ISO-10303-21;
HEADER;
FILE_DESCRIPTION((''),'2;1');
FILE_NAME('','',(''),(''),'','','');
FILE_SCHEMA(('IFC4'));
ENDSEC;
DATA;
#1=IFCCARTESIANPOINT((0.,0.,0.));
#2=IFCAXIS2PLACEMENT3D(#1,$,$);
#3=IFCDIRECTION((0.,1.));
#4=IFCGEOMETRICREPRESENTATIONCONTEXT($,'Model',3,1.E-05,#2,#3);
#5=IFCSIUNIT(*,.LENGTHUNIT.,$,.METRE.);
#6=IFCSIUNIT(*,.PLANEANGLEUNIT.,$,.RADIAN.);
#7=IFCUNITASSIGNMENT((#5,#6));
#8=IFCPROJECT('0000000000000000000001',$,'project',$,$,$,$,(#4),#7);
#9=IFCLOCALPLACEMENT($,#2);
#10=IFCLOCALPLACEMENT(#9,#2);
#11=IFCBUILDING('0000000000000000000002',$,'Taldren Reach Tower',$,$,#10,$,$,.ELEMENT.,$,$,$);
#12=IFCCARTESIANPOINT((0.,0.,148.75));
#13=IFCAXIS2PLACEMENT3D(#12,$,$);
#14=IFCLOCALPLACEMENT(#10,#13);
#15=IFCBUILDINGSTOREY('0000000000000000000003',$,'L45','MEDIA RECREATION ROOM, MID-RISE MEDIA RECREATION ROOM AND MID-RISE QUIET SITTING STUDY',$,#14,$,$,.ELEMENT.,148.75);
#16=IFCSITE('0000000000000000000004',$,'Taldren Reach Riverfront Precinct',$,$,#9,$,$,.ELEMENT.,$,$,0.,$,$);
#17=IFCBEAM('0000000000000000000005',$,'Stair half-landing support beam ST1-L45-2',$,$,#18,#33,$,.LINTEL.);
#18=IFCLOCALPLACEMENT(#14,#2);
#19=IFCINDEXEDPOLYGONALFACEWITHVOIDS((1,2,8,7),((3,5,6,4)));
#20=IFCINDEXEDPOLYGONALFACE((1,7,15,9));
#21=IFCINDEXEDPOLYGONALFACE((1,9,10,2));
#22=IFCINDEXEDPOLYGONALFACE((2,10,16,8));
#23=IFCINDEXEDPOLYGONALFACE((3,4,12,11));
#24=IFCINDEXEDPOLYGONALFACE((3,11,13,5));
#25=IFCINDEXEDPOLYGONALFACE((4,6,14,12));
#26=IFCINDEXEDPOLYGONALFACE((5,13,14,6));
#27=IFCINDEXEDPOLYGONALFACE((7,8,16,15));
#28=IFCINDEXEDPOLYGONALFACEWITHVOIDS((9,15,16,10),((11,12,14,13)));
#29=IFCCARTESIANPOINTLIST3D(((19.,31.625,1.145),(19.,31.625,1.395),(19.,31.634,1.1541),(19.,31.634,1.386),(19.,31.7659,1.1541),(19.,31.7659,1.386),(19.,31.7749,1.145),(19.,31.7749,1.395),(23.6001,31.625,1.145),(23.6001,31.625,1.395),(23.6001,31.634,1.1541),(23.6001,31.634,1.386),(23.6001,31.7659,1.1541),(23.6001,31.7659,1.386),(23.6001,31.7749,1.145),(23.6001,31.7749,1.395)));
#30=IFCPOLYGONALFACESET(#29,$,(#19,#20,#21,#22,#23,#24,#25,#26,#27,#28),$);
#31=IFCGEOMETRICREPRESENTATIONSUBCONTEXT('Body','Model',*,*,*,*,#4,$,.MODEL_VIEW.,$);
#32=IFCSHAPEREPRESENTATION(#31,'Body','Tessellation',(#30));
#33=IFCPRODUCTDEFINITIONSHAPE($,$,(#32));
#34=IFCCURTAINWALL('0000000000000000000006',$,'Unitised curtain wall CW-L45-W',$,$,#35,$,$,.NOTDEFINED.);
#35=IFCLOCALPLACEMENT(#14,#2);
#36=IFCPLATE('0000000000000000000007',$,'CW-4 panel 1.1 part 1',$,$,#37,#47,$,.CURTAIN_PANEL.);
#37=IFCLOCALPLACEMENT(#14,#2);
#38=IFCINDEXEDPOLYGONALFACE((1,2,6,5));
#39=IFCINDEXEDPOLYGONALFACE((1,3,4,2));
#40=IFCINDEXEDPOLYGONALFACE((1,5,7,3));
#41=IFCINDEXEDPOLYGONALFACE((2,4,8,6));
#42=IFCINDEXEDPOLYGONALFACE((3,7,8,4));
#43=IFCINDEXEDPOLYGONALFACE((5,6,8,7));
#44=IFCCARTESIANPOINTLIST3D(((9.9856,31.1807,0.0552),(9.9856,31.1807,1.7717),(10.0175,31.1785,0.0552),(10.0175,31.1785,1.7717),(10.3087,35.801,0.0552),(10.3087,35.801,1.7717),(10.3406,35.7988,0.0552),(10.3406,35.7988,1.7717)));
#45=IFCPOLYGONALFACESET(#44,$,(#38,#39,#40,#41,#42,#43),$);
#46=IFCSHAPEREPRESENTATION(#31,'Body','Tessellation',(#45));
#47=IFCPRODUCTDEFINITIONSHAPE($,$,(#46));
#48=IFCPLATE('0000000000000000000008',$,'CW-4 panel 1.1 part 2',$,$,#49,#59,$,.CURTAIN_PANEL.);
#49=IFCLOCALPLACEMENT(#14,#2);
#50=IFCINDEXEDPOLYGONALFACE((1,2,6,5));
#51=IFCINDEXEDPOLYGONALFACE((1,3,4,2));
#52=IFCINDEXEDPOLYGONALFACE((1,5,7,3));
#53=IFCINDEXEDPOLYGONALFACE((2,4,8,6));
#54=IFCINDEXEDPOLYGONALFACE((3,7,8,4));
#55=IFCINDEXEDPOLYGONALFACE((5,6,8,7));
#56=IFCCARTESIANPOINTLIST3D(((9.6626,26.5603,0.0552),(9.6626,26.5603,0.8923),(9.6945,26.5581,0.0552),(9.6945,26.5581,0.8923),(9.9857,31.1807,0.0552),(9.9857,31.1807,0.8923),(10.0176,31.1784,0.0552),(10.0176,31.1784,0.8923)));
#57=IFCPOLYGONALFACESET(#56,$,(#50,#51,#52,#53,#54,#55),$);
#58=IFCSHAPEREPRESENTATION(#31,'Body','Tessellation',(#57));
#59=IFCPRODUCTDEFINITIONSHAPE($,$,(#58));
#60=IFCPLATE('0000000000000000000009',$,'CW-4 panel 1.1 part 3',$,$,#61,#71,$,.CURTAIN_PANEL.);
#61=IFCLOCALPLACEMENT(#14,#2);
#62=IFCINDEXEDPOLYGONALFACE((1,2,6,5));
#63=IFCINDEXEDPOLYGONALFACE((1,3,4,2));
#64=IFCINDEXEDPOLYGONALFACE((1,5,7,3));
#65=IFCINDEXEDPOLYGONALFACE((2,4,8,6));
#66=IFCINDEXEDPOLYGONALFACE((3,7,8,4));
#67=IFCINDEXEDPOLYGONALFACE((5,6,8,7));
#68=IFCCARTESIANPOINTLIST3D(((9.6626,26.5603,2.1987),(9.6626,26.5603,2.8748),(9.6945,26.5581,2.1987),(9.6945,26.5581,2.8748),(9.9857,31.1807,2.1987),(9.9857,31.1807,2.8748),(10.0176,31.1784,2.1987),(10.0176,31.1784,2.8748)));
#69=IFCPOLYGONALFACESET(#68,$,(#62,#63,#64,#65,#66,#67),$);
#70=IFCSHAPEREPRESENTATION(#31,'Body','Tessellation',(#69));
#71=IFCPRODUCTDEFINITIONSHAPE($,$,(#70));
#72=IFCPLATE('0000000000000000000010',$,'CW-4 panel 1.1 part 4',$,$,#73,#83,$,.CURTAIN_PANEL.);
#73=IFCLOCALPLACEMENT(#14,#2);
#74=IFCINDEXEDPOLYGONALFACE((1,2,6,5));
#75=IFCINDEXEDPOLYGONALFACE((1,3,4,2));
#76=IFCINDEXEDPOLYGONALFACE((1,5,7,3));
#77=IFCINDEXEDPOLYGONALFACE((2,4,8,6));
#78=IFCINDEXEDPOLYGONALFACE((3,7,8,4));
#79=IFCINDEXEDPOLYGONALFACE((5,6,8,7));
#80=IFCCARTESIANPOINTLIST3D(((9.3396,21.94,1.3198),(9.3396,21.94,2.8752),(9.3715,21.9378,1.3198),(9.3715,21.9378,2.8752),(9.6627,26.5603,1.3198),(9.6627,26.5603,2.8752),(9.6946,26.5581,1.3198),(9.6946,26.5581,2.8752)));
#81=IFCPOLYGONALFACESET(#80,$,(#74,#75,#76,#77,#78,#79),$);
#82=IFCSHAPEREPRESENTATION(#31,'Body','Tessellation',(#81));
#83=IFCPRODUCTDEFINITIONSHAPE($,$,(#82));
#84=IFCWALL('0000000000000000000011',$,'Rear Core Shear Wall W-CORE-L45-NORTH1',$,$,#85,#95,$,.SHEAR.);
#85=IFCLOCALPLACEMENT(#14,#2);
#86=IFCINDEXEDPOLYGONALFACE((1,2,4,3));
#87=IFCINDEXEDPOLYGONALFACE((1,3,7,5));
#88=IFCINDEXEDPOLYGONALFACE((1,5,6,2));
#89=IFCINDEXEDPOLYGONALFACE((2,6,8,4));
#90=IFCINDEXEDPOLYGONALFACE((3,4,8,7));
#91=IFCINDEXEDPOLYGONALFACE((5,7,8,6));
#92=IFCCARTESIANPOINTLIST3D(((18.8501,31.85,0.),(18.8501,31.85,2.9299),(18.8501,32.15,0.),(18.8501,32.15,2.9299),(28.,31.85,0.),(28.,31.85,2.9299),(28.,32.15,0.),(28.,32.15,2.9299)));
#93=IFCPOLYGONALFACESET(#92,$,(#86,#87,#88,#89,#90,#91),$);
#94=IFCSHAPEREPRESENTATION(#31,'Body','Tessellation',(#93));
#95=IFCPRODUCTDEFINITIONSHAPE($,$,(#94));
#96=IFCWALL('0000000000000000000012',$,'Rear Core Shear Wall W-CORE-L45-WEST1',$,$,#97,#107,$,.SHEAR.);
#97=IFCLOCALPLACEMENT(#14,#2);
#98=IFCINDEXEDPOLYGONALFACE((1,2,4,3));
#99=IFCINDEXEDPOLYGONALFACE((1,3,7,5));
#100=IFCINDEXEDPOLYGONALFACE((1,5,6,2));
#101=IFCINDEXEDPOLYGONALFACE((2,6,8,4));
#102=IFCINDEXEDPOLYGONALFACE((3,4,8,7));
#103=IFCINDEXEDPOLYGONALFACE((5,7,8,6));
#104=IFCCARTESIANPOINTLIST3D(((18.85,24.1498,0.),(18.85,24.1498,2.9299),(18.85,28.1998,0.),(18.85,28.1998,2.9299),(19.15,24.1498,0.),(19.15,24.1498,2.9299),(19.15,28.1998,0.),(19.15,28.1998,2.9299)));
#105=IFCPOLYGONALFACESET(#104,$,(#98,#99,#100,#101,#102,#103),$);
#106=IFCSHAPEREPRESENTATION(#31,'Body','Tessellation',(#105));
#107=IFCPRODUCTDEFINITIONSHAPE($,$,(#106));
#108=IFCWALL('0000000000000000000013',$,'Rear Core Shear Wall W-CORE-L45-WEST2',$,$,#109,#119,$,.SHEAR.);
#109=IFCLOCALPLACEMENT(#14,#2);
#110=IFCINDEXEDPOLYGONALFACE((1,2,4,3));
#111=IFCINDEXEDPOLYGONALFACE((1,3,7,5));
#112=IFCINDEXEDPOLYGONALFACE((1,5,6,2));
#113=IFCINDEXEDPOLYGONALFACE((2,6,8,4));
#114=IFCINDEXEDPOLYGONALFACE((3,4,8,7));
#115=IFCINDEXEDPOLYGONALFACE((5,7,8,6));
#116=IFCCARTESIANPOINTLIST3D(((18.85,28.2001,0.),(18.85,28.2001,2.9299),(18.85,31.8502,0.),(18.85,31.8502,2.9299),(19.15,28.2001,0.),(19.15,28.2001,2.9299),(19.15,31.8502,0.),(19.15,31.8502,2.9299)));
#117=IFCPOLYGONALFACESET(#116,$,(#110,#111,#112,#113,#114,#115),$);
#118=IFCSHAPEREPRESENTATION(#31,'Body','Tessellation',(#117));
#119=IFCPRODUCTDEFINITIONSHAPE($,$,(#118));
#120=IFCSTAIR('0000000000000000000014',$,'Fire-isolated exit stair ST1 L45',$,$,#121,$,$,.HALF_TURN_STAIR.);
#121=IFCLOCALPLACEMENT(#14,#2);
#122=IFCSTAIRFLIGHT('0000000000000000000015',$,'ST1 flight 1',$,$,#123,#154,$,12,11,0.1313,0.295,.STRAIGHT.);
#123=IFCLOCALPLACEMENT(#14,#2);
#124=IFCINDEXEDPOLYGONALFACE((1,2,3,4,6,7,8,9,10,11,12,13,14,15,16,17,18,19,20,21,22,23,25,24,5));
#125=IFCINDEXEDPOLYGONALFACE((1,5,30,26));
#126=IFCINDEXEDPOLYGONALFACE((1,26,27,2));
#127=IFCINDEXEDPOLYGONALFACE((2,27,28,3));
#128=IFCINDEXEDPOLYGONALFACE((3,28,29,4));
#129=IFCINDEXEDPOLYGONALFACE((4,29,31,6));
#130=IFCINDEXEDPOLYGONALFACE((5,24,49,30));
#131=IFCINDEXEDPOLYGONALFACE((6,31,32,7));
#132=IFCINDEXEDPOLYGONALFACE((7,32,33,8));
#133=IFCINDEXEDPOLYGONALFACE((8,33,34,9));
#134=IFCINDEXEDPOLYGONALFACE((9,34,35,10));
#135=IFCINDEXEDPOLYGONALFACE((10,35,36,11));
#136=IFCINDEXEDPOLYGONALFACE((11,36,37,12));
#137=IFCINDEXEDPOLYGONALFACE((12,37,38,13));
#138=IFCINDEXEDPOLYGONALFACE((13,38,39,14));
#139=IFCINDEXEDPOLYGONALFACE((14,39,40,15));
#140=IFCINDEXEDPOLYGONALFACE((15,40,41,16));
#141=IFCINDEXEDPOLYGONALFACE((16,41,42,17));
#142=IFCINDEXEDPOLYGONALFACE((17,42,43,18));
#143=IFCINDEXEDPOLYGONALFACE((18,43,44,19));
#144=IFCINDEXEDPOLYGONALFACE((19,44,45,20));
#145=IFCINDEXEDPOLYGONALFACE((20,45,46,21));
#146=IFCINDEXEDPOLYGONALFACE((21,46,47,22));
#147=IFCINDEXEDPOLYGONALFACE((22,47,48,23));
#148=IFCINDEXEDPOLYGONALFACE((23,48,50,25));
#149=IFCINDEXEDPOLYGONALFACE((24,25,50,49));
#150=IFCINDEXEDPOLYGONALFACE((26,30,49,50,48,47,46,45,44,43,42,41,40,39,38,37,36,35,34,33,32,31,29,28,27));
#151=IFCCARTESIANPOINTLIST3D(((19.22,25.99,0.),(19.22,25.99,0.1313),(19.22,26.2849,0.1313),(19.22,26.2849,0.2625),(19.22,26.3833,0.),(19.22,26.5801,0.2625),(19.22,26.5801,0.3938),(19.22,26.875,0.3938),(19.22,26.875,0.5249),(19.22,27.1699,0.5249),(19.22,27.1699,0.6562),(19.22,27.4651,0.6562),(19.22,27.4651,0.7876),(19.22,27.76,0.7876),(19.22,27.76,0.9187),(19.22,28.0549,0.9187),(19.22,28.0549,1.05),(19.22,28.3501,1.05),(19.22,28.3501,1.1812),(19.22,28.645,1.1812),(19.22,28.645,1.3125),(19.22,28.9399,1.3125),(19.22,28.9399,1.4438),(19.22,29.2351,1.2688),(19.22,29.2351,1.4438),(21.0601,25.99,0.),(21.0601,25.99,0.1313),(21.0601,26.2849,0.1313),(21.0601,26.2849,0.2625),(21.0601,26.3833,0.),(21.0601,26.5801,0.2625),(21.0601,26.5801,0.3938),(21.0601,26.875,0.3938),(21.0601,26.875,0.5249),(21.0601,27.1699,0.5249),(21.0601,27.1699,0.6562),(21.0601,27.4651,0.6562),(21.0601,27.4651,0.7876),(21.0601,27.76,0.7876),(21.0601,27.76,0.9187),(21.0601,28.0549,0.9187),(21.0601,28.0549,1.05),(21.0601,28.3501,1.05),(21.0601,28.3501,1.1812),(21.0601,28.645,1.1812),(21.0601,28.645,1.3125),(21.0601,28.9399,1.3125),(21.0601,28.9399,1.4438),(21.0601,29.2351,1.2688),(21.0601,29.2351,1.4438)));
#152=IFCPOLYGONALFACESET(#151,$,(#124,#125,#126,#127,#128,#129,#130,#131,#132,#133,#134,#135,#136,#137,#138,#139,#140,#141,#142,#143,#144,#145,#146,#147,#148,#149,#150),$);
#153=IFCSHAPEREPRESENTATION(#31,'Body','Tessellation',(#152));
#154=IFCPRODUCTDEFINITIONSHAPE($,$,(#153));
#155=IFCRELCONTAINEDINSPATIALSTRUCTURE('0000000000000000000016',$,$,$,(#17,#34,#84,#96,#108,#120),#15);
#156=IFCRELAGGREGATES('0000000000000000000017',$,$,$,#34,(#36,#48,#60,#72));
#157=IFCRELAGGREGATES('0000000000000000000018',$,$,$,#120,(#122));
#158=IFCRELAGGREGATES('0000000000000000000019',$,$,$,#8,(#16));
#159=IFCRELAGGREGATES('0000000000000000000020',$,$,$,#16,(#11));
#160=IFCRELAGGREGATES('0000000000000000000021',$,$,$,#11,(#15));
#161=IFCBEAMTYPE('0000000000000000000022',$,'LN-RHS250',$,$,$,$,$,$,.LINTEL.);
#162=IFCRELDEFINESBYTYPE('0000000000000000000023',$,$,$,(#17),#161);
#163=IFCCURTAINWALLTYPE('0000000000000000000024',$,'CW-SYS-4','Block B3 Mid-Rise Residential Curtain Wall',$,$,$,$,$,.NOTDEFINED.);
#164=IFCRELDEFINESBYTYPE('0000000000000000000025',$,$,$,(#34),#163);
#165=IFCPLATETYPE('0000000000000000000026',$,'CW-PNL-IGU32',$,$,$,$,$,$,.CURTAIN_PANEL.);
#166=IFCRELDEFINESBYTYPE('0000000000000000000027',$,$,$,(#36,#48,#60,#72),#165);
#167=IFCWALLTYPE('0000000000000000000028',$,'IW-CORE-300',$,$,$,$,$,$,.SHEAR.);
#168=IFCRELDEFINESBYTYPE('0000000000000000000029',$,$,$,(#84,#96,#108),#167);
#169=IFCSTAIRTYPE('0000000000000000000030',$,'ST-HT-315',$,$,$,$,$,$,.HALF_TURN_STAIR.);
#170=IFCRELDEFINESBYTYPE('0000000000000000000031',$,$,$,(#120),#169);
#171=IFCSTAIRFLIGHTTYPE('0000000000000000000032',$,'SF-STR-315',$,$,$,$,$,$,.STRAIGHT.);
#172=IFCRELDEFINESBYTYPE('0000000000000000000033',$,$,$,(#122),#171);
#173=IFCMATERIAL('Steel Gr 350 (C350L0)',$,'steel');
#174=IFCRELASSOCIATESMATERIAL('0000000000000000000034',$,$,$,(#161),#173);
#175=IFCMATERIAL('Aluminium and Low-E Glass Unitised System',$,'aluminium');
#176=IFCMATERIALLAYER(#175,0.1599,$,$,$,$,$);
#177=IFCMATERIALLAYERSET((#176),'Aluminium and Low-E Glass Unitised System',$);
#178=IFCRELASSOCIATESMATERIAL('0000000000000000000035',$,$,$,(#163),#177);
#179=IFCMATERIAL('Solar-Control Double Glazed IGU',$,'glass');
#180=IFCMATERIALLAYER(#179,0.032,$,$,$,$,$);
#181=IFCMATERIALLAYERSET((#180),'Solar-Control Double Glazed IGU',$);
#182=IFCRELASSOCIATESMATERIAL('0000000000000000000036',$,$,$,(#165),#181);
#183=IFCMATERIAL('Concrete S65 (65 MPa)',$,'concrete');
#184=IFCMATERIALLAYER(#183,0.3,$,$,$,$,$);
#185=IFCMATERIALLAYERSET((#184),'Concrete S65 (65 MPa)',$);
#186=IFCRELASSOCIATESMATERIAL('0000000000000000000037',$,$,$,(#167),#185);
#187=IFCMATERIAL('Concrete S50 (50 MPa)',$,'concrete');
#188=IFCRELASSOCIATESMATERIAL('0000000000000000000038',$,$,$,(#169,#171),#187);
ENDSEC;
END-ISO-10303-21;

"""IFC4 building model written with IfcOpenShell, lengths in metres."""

from ifc_helpers import new_model, si_unit, direction, frame, frame_2d, origin, origin_2d, place, context, subcontext, project, spatial, polyline, rectangle, hollow_rectangle, outline, extrude, source, transform, mapped, material, layer, layer_set, material_profile, profile_set, type_object, element, aggregate, save


model = new_model("IFC4")

# Units and contexts
model_context = context("Model", 3, precision=1e-05, world=origin(), true_north=direction((0.0, 1.0)))
body_context = subcontext(model_context, "Body", "Model", "MODEL_VIEW")
ifc_project = project(units=[si_unit("LENGTHUNIT", "METRE"), si_unit("PLANEANGLEUNIT", "RADIAN")], contexts=[model_context])

# Site, building, storey
site_placement = place(None, origin())
site = spatial("IfcSite", under=ifc_project, at=site_placement, Name="Taldren Reach Riverfront Precinct", CompositionType="ELEMENT", RefElevation=0.0)
building_placement = place(site_placement, origin())
building = spatial("IfcBuilding", under=site, at=building_placement, Name="Taldren Reach Tower", CompositionType="ELEMENT")
storey_placement = place(building_placement, frame((0.0, 0.0, 148.75)))
storey = spatial("IfcBuildingStorey", under=building, at=storey_placement, Name="L45", Description="MEDIA RECREATION ROOM, MID-RISE MEDIA RECREATION ROOM AND MID-RISE QUIET SITTING STUDY", CompositionType="ELEMENT", Elevation=148.75)

# Beam
ifc_material_1 = material(Name="Steel Gr 350 (C350L0)", Category="steel")
ifc_material_profile_1 = material_profile(ifc_material_1, hollow_rectangle(XDim=0.1499, YDim=0.25, WallThickness=0.009, at=origin_2d()), Name="250x150x9.0RHS")
ifc_profile_set_1 = profile_set([ifc_material_profile_1], Name="Steel Gr 350 (C350L0)")
beam_type_1 = type_object("IfcBeamType", Name="LN-RHS250", PredefinedType="LINTEL", material=ifc_profile_set_1)
shared_shape_1 = source(origin(), body_context, "Body", "SweptSolid", [
    extrude(hollow_rectangle(XDim=0.1499, YDim=0.25, WallThickness=0.009, at=origin_2d()), origin(), (0.0, 0.0, 1.0), 4.6001),
])
for number, where, z_axis, x_axis, name in (
    (1, (19.0, 31.7, 1.27), (1.0, 0.0, 0.0), (0.0, 1.0, 0.0), "Stair half-landing support beam ST1-L45-2"),
):
    element("IfcBeam", number, at=place(storey_placement, frame(where, z_axis=z_axis, x_axis=x_axis)), inside=storey, type_object=beam_type_1, Name=name, PredefinedType="LINTEL", context=body_context, shape_type="MappedRepresentation", body=[
        mapped(shared_shape_1, transform((0.0, 0.0, 0.0), scale=1.0)),
    ])

# Curtain wall, plates
ifc_material_2 = material(Name="Aluminium and Low-E Glass Unitised System", Category="aluminium")
ifc_layer_1 = layer(ifc_material_2, 0.1599)
ifc_layer_set_1 = layer_set([ifc_layer_1], Name="Aluminium and Low-E Glass Unitised System")
curtain_wall_type = type_object("IfcCurtainWallType", Name="CW-SYS-4", Description="Block B3 Mid-Rise Residential Curtain Wall", PredefinedType="NOTDEFINED", material=ifc_layer_set_1)
curtain_wall_placement = place(storey_placement, origin())
curtain_wall = element("IfcCurtainWall", 2, at=curtain_wall_placement, inside=storey, type_object=curtain_wall_type, Name="Unitised curtain wall CW-L45-W", PredefinedType="NOTDEFINED")
ifc_material_3 = material(Name="Solar-Control Double Glazed IGU", Category="glass")
ifc_layer_2 = layer(ifc_material_3, 0.032)
ifc_layer_set_2 = layer_set([ifc_layer_2], Name="Solar-Control Double Glazed IGU")
plate_type = type_object("IfcPlateType", Name="CW-PNL-IGU32", PredefinedType="CURTAIN_PANEL", material=ifc_layer_set_2)
shared_shape_2 = source(origin(), body_context, "Body", "SweptSolid", [
    extrude(rectangle(XDim=4.6316, YDim=0.032, at=origin_2d()), origin(), (0.0, 0.0, 1.0), 1.7166),
])
plate_1_placement = place(storey_placement, frame((10.1631, 33.4897, 0.0552), z_axis=(0.0, 0.0, 1.0), x_axis=(-0.069756, -0.997564, 0.0)))
plate_1 = element("IfcPlate", 3, at=plate_1_placement, type_object=plate_type, Name="CW-4 panel 1.1 part 1", PredefinedType="CURTAIN_PANEL", context=body_context, shape_type="MappedRepresentation", body=[
    mapped(shared_shape_2, transform((0.0, 0.0, 0.0), scale=1.0)),
])
shared_shape_3 = source(origin(), body_context, "Body", "SweptSolid", [
    extrude(rectangle(XDim=4.6316, YDim=0.032, at=origin_2d()), origin(), (0.0, 0.0, 1.0), 0.8372),
])
plate_2_placement = place(storey_placement, frame((9.8401, 28.8694, 0.0552), z_axis=(0.0, 0.0, 1.0), x_axis=(-0.069756, -0.997564, 0.0)))
plate_2 = element("IfcPlate", 4, at=plate_2_placement, type_object=plate_type, Name="CW-4 panel 1.1 part 2", PredefinedType="CURTAIN_PANEL", context=body_context, shape_type="MappedRepresentation", body=[
    mapped(shared_shape_3, transform((0.0, 0.0, 0.0), scale=1.0)),
])
shared_shape_4 = source(origin(), body_context, "Body", "SweptSolid", [
    extrude(rectangle(XDim=4.6316, YDim=0.032, at=origin_2d()), origin(), (0.0, 0.0, 1.0), 0.676),
])
plate_3_placement = place(storey_placement, frame((9.8401, 28.8694, 2.1987), z_axis=(0.0, 0.0, 1.0), x_axis=(-0.069756, -0.997564, 0.0)))
plate_3 = element("IfcPlate", 5, at=plate_3_placement, type_object=plate_type, Name="CW-4 panel 1.1 part 3", PredefinedType="CURTAIN_PANEL", context=body_context, shape_type="MappedRepresentation", body=[
    mapped(shared_shape_4, transform((0.0, 0.0, 0.0), scale=1.0)),
])
shared_shape_5 = source(origin(), body_context, "Body", "SweptSolid", [
    extrude(rectangle(XDim=4.6316, YDim=0.032, at=origin_2d()), origin(), (0.0, 0.0, 1.0), 1.5554),
])
plate_4_placement = place(storey_placement, frame((9.5171, 24.249, 1.3198), z_axis=(0.0, 0.0, 1.0), x_axis=(-0.069756, -0.997564, 0.0)))
plate_4 = element("IfcPlate", 6, at=plate_4_placement, type_object=plate_type, Name="CW-4 panel 1.1 part 4", PredefinedType="CURTAIN_PANEL", context=body_context, shape_type="MappedRepresentation", body=[
    mapped(shared_shape_5, transform((0.0, 0.0, 0.0), scale=1.0)),
])
aggregate(curtain_wall, [plate_1, plate_2, plate_3, plate_4])

# Walls
ifc_material_4 = material(Name="Concrete S65 (65 MPa)", Category="concrete")
ifc_layer_3 = layer(ifc_material_4, 0.3)
ifc_layer_set_3 = layer_set([ifc_layer_3], Name="Concrete S65 (65 MPa)")
wall_type = type_object("IfcWallType", Name="IW-CORE-300", PredefinedType="SHEAR", material=ifc_layer_set_3)
shared_shape_6 = source(origin(), body_context, "Body", "SweptSolid", [
    extrude(rectangle(XDim=9.1499, YDim=0.3, at=frame_2d((4.575, 0.0))), origin(), (0.0, 0.0, 1.0), 2.9299),
])
wall_1_placement = place(storey_placement, frame((18.8501, 32.0, 0.0), z_axis=(0.0, 0.0, 1.0), x_axis=(1.0, 0.0, 0.0)))
element("IfcWall", 7, at=wall_1_placement, inside=storey, type_object=wall_type, Name="Rear Core Shear Wall W-CORE-L45-NORTH1", PredefinedType="SHEAR", context=body_context, shape_type="MappedRepresentation", body=[
    mapped(shared_shape_6, transform((0.0, 0.0, 0.0), scale=1.0)),
])
shared_shape_7 = source(origin(), body_context, "Body", "SweptSolid", [
    extrude(rectangle(XDim=4.05, YDim=0.3, at=frame_2d((2.0249, 0.0))), origin(), (0.0, 0.0, 1.0), 2.9299),
])
wall_2_placement = place(storey_placement, frame((19.0, 24.1499, 0.0), z_axis=(0.0, 0.0, 1.0), x_axis=(0.0, 1.0, 0.0)))
element("IfcWall", 8, at=wall_2_placement, inside=storey, type_object=wall_type, Name="Rear Core Shear Wall W-CORE-L45-WEST1", PredefinedType="SHEAR", context=body_context, shape_type="MappedRepresentation", body=[
    mapped(shared_shape_7, transform((0.0, 0.0, 0.0), scale=1.0)),
])
shared_shape_8 = source(origin(), body_context, "Body", "SweptSolid", [
    extrude(rectangle(XDim=3.6501, YDim=0.3, at=frame_2d((1.8252, 0.0))), origin(), (0.0, 0.0, 1.0), 2.9299),
])
wall_3_placement = place(storey_placement, frame((19.0, 28.2, 0.0), z_axis=(0.0, 0.0, 1.0), x_axis=(0.0, 1.0, 0.0)))
element("IfcWall", 9, at=wall_3_placement, inside=storey, type_object=wall_type, Name="Rear Core Shear Wall W-CORE-L45-WEST2", PredefinedType="SHEAR", context=body_context, shape_type="MappedRepresentation", body=[
    mapped(shared_shape_8, transform((0.0, 0.0, 0.0), scale=1.0)),
])

# Stair, stair flight
ifc_material_5 = material(Name="Concrete S50 (50 MPa)", Category="concrete")
stair_type = type_object("IfcStairType", Name="ST-HT-315", PredefinedType="HALF_TURN_STAIR", material=ifc_material_5)
stair_placement = place(storey_placement, origin())
stair = element("IfcStair", 10, at=stair_placement, inside=storey, type_object=stair_type, Name="Fire-isolated exit stair ST1 L45", PredefinedType="HALF_TURN_STAIR")
stair_flight_type = type_object("IfcStairFlightType", Name="SF-STR-315", PredefinedType="STRAIGHT", material=ifc_material_5)
stair_flight_1_placement = place(storey_placement, frame((20.1399, 25.99, 0.0), z_axis=(0.0, 0.0, 1.0), x_axis=(0.0, 1.0, 0.0)))
stair_flight_1 = element("IfcStairFlight", 11, at=stair_flight_1_placement, type_object=stair_flight_type, Name="ST1 flight 1", NumberOfRisers=12, NumberOfTreads=11, PredefinedType="STRAIGHT", RiserHeight=0.1313, TreadLength=0.295, context=body_context, shape_type="SweptSolid", body=[
    extrude(outline(polyline([(0.0, 0.0), (0.0, 0.1313), (0.2949, 0.1313), (0.2949, 0.2625), (0.5901, 0.2625), (0.5901, 0.3938), (0.885, 0.3938), (0.885, 0.5249), (1.1799, 0.5249), (1.1799, 0.6562), (1.4751, 0.6562), (1.4751, 0.7876), (1.77, 0.7876), (1.77, 0.9187), (2.0649, 0.9187), (2.0649, 1.05), (2.3601, 1.05), (2.3601, 1.1812), (2.655, 1.1812), (2.655, 1.3125), (2.95, 1.3125), (2.95, 1.4438), (3.2451, 1.4438), (3.2451, 1.575), (3.2451, 1.2688), (0.3933, 0.0), (0.0, 0.0)])), frame((0.0, 0.9199, 0.0), z_axis=(0.0, -1.0, 0.0), x_axis=(1.0, 0.0, 0.0)), (0.0, 0.0, 1.0), 1.8401),
])
aggregate(stair, [stair_flight_1])

save(model, "model.ifc")
